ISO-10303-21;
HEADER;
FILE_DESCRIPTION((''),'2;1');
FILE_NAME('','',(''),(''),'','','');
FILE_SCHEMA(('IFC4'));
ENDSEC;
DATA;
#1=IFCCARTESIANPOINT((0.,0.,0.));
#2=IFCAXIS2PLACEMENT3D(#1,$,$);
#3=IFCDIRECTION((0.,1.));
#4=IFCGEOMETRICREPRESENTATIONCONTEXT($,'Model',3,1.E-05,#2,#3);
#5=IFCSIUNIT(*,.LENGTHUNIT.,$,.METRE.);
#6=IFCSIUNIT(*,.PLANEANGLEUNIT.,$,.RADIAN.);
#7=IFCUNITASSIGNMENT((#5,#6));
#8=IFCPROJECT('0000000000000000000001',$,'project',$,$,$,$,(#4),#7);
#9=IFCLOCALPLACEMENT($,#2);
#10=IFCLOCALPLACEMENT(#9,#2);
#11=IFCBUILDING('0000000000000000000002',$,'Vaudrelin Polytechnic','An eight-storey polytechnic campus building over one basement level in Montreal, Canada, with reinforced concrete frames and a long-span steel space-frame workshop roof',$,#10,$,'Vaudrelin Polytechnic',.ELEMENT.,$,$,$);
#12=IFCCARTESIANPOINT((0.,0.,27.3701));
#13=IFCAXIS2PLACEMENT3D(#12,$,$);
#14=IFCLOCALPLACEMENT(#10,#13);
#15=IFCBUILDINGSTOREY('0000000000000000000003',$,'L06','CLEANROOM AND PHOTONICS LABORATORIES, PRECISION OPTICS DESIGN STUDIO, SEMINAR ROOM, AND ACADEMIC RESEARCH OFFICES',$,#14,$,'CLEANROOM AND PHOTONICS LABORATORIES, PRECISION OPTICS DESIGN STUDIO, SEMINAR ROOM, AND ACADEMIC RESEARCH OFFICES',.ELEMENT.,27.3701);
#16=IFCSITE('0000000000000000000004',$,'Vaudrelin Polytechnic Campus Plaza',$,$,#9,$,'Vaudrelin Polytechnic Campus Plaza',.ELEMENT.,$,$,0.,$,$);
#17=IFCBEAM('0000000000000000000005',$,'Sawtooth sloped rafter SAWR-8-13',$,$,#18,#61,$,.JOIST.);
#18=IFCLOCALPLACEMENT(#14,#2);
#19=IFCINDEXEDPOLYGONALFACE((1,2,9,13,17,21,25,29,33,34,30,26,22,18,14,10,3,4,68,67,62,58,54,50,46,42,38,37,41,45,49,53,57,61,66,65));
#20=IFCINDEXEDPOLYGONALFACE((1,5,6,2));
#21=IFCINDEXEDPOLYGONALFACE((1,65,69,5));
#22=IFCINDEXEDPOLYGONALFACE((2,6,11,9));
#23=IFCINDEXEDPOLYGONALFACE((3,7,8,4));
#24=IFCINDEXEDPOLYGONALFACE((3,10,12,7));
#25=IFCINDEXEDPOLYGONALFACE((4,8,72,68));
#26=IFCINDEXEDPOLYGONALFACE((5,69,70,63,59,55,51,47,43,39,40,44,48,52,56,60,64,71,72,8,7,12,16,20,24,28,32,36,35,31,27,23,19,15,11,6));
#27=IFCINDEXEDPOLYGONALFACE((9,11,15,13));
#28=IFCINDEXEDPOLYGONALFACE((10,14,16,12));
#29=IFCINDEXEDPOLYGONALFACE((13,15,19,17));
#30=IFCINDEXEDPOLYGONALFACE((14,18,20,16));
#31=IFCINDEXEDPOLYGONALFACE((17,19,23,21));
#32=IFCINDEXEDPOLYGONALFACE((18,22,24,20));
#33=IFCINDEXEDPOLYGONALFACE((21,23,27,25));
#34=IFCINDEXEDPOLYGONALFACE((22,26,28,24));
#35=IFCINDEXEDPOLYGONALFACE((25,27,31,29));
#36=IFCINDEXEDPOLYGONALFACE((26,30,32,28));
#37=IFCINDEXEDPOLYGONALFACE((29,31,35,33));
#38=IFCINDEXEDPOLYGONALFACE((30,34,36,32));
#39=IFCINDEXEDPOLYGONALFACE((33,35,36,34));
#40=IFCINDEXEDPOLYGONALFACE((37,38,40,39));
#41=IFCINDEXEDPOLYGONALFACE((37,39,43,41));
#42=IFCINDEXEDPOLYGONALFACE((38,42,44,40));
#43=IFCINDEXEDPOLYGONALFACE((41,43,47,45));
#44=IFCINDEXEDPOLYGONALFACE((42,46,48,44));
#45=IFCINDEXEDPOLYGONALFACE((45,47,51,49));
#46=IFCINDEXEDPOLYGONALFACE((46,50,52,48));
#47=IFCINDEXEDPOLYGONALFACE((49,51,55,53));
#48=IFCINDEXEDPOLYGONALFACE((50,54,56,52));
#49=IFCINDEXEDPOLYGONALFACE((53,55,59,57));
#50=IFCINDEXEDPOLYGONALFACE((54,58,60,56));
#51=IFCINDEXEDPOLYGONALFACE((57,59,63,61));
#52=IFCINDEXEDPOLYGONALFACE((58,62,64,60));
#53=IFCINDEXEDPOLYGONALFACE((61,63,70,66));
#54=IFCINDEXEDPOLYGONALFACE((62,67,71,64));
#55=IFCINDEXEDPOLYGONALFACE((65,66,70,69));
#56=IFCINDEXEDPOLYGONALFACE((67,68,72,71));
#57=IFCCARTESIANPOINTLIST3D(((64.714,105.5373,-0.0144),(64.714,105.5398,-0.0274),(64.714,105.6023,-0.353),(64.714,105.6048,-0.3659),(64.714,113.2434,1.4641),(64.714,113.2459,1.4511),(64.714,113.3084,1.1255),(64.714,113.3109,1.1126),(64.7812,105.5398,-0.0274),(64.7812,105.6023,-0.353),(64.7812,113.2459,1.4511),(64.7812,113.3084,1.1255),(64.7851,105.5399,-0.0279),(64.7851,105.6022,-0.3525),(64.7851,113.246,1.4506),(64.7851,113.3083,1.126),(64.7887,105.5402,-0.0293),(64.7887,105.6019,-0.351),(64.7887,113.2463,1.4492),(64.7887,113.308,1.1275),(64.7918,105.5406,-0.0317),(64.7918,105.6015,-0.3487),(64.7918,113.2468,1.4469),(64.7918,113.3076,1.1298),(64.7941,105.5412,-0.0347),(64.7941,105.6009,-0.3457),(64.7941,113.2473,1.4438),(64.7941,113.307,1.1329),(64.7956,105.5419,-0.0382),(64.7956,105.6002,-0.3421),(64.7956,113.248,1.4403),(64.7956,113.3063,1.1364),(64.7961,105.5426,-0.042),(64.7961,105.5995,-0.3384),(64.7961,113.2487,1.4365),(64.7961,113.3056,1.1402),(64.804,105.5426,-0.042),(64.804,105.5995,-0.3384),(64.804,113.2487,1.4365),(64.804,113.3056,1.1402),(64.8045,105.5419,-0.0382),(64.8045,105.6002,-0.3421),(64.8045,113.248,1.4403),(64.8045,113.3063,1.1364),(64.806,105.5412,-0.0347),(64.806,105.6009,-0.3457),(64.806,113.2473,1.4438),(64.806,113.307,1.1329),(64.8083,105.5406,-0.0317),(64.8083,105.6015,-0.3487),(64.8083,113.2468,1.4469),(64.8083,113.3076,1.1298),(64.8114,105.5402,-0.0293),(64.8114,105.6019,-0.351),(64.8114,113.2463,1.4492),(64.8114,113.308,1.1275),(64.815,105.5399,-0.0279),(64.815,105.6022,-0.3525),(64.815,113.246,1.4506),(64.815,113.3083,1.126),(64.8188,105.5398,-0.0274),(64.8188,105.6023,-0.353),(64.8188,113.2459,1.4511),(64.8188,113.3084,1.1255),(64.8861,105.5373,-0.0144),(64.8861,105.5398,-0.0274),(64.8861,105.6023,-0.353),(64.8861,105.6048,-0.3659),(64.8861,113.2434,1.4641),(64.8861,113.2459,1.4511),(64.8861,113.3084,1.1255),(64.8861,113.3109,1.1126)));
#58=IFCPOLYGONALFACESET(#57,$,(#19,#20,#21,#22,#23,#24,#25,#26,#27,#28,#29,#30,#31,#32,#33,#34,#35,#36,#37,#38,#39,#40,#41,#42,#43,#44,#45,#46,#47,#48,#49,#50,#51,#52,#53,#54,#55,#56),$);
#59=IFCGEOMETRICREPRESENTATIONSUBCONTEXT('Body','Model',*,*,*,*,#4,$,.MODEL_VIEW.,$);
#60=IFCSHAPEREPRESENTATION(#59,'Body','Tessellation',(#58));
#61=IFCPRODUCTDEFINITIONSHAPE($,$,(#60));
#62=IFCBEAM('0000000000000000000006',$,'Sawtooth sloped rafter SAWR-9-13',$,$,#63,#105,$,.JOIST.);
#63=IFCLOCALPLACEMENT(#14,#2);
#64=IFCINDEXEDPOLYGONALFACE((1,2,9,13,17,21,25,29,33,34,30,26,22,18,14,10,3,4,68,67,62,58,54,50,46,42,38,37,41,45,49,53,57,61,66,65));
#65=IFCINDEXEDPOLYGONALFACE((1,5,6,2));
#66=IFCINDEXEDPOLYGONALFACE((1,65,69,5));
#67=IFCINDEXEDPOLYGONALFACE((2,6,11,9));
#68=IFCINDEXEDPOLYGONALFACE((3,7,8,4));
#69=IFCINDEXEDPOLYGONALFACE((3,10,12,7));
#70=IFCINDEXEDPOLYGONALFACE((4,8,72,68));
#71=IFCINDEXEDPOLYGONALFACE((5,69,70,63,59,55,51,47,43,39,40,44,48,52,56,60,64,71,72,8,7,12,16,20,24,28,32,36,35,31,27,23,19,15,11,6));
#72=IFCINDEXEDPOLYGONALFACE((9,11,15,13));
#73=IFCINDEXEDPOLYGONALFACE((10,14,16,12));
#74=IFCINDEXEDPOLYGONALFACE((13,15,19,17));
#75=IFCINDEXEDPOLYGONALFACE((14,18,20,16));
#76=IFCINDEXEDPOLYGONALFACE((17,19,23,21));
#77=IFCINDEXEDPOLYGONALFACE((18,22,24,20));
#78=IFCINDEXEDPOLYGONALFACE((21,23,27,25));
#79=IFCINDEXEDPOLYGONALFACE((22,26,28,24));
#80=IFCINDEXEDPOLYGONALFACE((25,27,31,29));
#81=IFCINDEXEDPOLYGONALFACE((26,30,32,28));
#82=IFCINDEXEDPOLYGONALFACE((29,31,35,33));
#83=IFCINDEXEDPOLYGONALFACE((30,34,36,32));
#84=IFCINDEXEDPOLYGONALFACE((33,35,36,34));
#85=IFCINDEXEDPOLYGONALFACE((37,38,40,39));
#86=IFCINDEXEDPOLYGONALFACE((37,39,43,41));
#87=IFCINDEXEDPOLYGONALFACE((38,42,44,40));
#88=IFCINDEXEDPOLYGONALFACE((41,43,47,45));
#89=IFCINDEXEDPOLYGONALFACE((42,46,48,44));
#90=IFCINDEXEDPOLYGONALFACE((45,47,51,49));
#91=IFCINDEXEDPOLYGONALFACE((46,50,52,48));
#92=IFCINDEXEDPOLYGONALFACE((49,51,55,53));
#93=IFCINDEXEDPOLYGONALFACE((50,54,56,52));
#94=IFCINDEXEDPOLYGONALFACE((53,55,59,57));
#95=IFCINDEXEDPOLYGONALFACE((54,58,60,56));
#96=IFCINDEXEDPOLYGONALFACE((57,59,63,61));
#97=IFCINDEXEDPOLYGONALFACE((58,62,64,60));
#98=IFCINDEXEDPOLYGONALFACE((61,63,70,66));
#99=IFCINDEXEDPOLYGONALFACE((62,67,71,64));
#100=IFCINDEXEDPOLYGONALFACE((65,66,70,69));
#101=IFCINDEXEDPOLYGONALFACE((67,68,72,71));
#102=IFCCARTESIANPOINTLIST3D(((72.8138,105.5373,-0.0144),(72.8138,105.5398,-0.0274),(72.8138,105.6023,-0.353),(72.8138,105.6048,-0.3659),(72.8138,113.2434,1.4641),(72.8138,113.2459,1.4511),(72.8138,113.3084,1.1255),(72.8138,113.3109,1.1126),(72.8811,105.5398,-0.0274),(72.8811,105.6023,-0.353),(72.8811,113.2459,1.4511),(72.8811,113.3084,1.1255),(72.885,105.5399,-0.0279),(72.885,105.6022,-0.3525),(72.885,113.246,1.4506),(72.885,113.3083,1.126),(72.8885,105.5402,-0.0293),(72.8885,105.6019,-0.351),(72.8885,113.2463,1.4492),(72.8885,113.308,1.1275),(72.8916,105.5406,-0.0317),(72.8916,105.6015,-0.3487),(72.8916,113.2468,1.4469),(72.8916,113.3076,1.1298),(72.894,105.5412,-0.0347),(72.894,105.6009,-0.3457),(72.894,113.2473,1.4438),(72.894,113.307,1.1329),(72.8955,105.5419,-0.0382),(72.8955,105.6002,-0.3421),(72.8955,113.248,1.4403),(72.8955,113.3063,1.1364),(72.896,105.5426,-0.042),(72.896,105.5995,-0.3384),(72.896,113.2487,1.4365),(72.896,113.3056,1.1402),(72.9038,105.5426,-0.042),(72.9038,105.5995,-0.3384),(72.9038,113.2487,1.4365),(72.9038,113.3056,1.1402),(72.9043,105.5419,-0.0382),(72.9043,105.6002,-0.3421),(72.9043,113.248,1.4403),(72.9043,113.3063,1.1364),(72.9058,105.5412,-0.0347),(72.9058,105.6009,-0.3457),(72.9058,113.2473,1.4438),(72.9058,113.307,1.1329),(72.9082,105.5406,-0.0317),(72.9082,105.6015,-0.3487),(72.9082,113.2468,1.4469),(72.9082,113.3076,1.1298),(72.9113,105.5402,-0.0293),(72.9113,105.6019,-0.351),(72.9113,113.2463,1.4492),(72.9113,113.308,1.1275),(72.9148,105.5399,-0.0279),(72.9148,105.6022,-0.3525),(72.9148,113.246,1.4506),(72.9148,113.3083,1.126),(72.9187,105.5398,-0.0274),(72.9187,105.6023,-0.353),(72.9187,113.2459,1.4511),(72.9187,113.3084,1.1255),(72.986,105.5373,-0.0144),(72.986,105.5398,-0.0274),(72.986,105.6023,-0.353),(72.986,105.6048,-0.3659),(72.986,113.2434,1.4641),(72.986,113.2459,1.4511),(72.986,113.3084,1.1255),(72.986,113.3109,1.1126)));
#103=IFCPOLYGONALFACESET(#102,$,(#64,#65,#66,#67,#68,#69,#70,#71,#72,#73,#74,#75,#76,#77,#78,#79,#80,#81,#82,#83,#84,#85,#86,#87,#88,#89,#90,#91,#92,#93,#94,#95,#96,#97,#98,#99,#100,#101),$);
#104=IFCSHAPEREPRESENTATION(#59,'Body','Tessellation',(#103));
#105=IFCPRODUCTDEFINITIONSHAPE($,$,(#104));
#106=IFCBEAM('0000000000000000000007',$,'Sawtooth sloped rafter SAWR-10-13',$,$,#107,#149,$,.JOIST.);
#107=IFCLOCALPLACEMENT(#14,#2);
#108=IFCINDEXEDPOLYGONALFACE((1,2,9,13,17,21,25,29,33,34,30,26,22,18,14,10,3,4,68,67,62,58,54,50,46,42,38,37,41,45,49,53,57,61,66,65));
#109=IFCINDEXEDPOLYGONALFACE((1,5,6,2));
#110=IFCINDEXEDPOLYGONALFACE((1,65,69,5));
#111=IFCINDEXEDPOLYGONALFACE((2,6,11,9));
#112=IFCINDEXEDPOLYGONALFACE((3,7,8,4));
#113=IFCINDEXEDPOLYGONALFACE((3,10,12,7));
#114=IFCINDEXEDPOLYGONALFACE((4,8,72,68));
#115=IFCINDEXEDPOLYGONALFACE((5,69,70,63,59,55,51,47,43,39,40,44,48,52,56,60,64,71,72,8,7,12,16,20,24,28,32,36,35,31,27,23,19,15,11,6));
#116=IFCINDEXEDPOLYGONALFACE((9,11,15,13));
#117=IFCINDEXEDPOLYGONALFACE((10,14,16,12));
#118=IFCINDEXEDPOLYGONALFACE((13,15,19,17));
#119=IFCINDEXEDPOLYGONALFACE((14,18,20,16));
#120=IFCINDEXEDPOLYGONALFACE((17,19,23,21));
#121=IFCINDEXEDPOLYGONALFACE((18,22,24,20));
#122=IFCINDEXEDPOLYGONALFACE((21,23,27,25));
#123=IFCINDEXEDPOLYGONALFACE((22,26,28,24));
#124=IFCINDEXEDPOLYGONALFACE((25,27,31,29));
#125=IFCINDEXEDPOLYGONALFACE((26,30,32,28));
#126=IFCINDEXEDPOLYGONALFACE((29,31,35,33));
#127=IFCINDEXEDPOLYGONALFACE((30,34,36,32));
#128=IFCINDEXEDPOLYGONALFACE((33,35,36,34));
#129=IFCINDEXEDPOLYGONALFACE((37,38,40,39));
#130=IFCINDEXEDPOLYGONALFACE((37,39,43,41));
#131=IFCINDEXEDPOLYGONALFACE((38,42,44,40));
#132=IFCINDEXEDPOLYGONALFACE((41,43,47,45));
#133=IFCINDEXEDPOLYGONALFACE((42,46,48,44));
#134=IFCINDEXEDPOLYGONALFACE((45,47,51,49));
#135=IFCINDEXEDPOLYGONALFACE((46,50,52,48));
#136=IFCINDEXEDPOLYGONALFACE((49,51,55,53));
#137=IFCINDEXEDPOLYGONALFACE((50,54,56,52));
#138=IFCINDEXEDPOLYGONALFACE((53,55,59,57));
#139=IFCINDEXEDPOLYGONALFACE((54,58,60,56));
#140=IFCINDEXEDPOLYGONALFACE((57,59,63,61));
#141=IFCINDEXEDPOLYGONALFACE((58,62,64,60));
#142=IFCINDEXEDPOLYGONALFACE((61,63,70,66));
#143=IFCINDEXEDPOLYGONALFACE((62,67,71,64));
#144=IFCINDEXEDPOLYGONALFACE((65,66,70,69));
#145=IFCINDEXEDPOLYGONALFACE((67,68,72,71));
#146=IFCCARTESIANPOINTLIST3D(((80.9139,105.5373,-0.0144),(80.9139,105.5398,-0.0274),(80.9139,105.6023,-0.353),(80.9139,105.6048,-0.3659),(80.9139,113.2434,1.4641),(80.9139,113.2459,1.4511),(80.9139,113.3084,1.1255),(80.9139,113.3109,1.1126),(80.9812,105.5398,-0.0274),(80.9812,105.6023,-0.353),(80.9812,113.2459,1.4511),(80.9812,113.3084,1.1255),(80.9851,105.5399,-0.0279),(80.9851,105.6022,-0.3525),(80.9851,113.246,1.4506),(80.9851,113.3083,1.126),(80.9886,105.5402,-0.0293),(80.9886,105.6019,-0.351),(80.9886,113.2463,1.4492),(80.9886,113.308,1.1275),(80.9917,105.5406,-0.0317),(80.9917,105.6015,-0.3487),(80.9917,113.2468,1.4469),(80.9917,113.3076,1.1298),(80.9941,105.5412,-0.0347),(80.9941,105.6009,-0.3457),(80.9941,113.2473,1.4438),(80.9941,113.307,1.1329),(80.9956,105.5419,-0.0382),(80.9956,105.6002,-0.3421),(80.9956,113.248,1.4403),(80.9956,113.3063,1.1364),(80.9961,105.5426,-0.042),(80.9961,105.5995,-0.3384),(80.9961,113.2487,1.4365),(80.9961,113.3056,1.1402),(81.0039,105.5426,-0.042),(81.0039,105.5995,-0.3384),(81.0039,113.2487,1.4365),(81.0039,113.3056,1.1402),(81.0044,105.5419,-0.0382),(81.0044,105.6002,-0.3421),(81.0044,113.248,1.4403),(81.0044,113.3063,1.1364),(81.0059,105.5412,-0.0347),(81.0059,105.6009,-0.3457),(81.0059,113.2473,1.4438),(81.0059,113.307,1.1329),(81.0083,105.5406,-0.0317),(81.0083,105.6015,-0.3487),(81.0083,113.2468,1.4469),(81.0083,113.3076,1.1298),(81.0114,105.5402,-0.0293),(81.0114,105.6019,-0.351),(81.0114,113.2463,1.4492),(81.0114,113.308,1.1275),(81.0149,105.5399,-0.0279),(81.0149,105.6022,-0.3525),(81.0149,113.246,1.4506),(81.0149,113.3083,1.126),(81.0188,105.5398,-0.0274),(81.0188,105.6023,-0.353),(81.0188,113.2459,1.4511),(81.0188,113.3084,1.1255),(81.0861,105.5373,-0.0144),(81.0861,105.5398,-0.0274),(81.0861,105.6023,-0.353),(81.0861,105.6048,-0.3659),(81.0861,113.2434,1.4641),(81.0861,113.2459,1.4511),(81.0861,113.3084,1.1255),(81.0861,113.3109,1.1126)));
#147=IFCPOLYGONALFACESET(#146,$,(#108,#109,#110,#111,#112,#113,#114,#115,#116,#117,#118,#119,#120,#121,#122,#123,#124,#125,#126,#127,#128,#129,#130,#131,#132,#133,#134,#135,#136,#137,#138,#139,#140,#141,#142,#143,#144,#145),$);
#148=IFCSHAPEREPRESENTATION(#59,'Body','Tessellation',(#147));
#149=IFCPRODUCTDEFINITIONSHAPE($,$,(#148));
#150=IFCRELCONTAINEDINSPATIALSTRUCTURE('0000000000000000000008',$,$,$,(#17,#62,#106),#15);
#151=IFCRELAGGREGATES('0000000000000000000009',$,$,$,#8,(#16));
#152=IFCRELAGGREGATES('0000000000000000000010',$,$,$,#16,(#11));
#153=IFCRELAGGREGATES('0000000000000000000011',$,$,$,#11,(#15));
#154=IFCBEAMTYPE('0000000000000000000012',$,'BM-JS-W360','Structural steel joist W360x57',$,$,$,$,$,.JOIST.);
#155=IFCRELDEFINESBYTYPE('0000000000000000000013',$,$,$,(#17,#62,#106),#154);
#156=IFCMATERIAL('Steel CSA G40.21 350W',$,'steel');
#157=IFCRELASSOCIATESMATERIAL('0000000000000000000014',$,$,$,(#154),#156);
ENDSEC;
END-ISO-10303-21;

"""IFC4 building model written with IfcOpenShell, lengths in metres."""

from ifc_helpers import new_model, si_unit, direction, frame, origin, origin_2d, place, context, subcontext, project, spatial, i_section, extrude, material, material_profile, profile_set, type_object, element, save


model = new_model("IFC4")

# Units and contexts
model_context = context("Model", 3, precision=1e-05, world=origin(), true_north=direction((0.0, 1.0)))
body_context = subcontext(model_context, "Body", "Model", "MODEL_VIEW")
ifc_project = project(units=[si_unit("LENGTHUNIT", "METRE"), si_unit("PLANEANGLEUNIT", "RADIAN")], contexts=[model_context])

# Site, building, storey
site_placement = place(None, origin())
site = spatial("IfcSite", under=ifc_project, at=site_placement, Name="Vaudrelin Polytechnic Campus Plaza", LongName="Vaudrelin Polytechnic Campus Plaza", CompositionType="ELEMENT", RefElevation=0.0)
building_placement = place(site_placement, origin())
building = spatial("IfcBuilding", under=site, at=building_placement, Name="Vaudrelin Polytechnic", Description="An eight-storey polytechnic campus building over one basement level in Montreal, Canada, with reinforced concrete frames and a long-span steel space-frame workshop roof", LongName="Vaudrelin Polytechnic", CompositionType="ELEMENT")
storey_placement = place(building_placement, frame((0.0, 0.0, 27.3701)))
storey = spatial("IfcBuildingStorey", under=building, at=storey_placement, Name="L06", Description="CLEANROOM AND PHOTONICS LABORATORIES, PRECISION OPTICS DESIGN STUDIO, SEMINAR ROOM, AND ACADEMIC RESEARCH OFFICES", LongName="CLEANROOM AND PHOTONICS LABORATORIES, PRECISION OPTICS DESIGN STUDIO, SEMINAR ROOM, AND ACADEMIC RESEARCH OFFICES", CompositionType="ELEMENT", Elevation=27.3701)

# Shared definitions
ifc_material_1 = material(Name="Steel CSA G40.21 350W", Category="steel")

# Beams
ifc_material_profile_1 = material_profile(ifc_material_1, i_section(OverallWidth=0.1721, OverallDepth=0.3579, WebThickness=0.0078, FlangeThickness=0.0132, FilletRadius=0.0149, at=origin_2d()), Name="W360x57")
ifc_profile_set_1 = profile_set([ifc_material_profile_1], Name="Steel CSA G40.21 350W")
beam_type = type_object("IfcBeamType", Name="BM-JS-W360", Description="Structural steel joist W360x57", PredefinedType="JOIST", material=ifc_profile_set_1)
for number, where, z_axis, x_axis, name in (
    (1, (64.8, 105.571, -0.1902), (0.0, 0.982087, 0.188427), (-1.0, 0.0, 0.0), "Sawtooth sloped rafter SAWR-8-13"),
    (2, (72.8999, 105.571, -0.1902), (0.0, 0.982087, 0.188427), (-1.0, 0.0, 0.0), "Sawtooth sloped rafter SAWR-9-13"),
    (3, (81.0, 105.571, -0.1902), (0.0, 0.982087, 0.188427), (-1.0, 0.0, 0.0), "Sawtooth sloped rafter SAWR-10-13"),
):
    element("IfcBeam", number, at=place(storey_placement, frame(where, z_axis=z_axis, x_axis=x_axis)), inside=storey, type_object=beam_type, Name=name, PredefinedType="JOIST", context=body_context, shape_type="SweptSolid", body=[
        extrude(i_section(OverallWidth=0.1721, OverallDepth=0.3579, WebThickness=0.0078, FlangeThickness=0.0132, FilletRadius=0.0149, at=origin_2d()), origin(), (0.0, 0.0, 1.0), 7.8467),
    ])

save(model, "model.ifc")
